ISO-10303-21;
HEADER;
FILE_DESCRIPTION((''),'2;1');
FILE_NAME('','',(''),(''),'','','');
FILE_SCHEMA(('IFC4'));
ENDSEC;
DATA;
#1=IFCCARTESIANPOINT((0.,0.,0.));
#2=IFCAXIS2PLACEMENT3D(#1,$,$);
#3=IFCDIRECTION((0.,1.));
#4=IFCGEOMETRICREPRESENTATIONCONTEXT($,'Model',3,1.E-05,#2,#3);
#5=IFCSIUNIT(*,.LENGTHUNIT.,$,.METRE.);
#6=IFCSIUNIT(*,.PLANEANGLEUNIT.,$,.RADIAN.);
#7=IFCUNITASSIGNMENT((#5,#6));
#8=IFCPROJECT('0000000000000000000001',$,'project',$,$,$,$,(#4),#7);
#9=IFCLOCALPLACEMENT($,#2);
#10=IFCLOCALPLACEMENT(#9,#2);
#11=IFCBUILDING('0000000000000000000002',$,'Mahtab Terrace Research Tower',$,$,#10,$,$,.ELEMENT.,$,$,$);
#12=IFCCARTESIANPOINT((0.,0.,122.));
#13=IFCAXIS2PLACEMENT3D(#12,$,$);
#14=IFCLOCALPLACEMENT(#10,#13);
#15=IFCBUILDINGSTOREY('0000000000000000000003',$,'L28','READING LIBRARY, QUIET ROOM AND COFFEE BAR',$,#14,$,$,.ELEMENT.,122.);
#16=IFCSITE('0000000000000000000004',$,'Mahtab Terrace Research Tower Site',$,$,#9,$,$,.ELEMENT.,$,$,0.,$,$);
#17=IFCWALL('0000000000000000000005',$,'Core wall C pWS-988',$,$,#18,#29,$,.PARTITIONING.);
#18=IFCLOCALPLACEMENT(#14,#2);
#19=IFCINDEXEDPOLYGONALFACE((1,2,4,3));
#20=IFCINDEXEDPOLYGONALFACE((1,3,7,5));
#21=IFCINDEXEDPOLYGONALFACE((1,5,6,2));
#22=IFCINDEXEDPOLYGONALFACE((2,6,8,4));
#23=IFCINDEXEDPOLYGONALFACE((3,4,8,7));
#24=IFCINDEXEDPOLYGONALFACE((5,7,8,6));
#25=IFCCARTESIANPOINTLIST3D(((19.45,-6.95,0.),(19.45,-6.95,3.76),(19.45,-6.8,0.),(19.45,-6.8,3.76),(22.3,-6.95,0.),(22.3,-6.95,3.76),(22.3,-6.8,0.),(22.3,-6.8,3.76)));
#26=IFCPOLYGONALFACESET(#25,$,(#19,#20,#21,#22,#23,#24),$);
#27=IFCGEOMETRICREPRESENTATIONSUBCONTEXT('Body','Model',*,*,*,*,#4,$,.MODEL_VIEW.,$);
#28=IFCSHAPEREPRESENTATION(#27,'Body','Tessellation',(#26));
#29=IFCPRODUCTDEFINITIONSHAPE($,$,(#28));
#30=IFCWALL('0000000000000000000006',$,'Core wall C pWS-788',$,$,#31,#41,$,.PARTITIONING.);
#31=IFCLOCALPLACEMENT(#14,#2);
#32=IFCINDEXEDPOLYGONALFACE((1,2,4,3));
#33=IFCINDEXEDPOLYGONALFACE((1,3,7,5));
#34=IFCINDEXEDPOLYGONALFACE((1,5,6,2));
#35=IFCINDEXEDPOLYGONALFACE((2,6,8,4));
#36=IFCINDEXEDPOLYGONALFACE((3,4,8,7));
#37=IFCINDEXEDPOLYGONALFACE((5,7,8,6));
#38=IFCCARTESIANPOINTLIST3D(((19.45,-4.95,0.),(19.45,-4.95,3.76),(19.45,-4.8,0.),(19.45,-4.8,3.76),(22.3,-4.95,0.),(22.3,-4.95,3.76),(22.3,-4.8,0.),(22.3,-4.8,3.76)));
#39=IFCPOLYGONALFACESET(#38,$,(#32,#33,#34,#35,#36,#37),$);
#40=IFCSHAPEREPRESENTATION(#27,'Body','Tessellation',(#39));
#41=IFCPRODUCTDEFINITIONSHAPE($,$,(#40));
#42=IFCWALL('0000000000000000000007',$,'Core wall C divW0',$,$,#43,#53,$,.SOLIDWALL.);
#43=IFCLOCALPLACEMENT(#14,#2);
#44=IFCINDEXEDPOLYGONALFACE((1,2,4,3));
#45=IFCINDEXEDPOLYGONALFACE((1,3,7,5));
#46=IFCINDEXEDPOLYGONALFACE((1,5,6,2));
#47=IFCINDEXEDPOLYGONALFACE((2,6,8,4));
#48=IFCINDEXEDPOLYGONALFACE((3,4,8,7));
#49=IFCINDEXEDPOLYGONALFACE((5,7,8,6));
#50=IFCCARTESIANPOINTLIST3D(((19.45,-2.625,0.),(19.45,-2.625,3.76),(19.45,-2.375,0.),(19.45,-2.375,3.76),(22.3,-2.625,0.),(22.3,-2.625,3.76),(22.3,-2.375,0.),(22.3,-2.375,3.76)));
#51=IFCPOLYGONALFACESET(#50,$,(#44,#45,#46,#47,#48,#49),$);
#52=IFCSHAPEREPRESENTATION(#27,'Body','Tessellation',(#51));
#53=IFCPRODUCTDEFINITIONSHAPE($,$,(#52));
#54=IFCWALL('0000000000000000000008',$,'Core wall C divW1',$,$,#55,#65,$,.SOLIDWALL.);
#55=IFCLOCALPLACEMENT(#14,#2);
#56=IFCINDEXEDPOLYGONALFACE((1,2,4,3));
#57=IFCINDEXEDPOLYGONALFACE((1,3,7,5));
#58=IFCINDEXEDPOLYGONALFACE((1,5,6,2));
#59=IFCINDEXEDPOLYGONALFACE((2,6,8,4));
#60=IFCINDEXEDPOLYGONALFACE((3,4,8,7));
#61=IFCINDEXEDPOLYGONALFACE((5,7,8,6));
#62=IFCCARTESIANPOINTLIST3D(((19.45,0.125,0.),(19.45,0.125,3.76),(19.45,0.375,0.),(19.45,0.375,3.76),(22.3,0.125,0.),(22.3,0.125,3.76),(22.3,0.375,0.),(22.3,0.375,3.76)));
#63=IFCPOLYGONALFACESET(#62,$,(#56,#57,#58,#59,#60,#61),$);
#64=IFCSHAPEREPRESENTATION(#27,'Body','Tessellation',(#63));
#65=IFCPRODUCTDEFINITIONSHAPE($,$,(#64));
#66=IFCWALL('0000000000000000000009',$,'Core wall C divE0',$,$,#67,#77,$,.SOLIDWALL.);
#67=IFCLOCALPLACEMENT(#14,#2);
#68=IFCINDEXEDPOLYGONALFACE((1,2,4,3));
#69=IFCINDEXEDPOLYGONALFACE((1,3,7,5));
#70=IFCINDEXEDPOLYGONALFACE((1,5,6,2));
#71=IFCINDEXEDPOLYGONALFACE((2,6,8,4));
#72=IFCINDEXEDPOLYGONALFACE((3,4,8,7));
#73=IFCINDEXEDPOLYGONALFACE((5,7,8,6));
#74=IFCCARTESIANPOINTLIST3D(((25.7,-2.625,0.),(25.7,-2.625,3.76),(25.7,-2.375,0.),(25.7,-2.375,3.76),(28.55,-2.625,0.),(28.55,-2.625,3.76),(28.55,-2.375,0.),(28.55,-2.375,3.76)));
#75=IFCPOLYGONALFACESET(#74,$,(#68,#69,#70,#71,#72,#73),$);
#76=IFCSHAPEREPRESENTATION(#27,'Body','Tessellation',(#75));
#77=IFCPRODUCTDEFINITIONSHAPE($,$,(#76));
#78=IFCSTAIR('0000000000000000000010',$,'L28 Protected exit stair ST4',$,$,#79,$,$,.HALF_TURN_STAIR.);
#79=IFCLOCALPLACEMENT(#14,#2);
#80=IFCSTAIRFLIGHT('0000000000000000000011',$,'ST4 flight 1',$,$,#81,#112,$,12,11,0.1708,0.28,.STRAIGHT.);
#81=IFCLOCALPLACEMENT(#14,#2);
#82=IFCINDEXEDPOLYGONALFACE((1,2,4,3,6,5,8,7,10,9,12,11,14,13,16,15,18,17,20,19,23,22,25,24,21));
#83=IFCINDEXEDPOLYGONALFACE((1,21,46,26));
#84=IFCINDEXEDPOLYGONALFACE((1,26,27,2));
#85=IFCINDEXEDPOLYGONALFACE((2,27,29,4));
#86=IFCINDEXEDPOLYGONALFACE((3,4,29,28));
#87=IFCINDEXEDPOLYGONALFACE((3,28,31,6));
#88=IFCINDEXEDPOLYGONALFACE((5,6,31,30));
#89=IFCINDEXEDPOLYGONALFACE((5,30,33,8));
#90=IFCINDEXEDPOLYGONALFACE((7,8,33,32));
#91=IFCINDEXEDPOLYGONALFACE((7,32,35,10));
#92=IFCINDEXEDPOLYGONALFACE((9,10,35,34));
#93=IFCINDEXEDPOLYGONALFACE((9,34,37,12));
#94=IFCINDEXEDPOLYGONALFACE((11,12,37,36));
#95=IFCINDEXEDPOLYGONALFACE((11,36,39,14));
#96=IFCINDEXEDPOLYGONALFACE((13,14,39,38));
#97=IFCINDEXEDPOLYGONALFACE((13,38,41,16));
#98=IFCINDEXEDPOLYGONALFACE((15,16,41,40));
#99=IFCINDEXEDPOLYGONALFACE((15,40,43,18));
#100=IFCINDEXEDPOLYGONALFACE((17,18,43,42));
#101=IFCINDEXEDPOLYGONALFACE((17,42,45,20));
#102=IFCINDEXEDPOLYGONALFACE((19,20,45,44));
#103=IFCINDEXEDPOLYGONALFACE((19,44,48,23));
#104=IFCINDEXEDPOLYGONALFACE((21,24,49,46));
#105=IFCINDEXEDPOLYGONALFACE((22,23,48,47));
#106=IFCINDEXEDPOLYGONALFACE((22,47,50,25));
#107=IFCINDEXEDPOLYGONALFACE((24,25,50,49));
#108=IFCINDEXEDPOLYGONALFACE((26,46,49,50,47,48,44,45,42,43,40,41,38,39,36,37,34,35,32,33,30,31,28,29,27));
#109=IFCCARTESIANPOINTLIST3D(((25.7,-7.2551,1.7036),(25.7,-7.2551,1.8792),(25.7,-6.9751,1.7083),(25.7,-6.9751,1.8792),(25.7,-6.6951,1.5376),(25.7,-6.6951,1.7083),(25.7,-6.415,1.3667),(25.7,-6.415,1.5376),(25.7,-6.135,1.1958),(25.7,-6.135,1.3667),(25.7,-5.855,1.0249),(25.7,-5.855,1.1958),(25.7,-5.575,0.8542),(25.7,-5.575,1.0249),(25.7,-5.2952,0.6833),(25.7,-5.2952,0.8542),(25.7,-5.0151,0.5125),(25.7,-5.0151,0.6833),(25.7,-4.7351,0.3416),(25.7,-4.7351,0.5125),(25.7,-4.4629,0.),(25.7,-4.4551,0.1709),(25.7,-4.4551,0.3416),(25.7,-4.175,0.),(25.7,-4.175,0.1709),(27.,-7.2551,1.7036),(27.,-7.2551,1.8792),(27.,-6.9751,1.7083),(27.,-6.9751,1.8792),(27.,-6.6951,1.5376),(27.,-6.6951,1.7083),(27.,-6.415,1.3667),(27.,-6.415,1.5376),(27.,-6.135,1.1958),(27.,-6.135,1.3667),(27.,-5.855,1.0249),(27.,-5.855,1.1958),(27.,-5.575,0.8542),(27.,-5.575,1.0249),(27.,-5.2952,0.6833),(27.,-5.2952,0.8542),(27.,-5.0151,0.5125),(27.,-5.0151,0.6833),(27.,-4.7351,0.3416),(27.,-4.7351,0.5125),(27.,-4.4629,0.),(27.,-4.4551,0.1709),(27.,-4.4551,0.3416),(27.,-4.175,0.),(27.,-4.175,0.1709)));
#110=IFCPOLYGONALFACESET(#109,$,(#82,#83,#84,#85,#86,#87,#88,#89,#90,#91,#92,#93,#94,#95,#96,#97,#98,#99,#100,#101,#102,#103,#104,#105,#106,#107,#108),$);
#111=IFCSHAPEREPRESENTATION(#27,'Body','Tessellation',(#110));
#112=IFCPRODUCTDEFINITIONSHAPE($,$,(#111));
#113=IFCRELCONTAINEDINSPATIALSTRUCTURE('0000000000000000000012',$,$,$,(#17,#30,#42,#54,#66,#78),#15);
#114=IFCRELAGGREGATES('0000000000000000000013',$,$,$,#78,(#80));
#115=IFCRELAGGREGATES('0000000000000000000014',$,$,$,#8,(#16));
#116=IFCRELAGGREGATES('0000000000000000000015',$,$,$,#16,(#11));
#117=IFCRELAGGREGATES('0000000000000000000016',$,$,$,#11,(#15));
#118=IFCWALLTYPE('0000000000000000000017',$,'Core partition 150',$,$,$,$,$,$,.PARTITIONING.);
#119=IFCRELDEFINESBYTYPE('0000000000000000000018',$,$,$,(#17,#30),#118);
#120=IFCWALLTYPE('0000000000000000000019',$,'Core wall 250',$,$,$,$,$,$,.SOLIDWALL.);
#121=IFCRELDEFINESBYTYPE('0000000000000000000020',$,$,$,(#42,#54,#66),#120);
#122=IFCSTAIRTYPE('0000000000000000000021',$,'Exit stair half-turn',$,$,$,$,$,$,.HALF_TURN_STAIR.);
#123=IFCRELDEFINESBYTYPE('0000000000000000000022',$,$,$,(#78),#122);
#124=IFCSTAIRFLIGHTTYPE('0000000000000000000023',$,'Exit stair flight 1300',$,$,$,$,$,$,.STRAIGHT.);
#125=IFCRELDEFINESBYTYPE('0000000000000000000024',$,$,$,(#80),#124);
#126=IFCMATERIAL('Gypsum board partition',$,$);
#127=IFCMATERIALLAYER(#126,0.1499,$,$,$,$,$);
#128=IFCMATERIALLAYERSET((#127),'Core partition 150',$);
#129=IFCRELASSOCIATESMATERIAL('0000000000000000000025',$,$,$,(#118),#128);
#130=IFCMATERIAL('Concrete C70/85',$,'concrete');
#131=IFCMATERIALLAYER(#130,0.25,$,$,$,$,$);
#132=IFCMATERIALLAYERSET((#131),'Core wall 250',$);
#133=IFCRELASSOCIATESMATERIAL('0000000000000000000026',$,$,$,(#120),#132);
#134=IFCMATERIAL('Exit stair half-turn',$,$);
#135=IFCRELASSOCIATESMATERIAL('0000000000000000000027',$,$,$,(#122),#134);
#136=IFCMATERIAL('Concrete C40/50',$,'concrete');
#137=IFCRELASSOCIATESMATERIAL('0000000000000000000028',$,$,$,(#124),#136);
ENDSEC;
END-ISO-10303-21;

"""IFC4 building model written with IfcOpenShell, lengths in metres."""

from ifc_helpers import new_model, si_unit, direction, frame, frame_2d, origin, place, context, subcontext, project, spatial, polyline, rectangle, outline, extrude, material, layer, layer_set, type_object, element, aggregate, save


model = new_model("IFC4")

# Units and contexts
model_context = context("Model", 3, precision=1e-05, world=origin(), true_north=direction((0.0, 1.0)))
body_context = subcontext(model_context, "Body", "Model", "MODEL_VIEW")
ifc_project = project(units=[si_unit("LENGTHUNIT", "METRE"), si_unit("PLANEANGLEUNIT", "RADIAN")], contexts=[model_context])

# Site, building, storey
site_placement = place(None, origin())
site = spatial("IfcSite", under=ifc_project, at=site_placement, Name="Mahtab Terrace Research Tower Site", CompositionType="ELEMENT", RefElevation=0.0)
building_placement = place(site_placement, origin())
building = spatial("IfcBuilding", under=site, at=building_placement, Name="Mahtab Terrace Research Tower", CompositionType="ELEMENT")
storey_placement = place(building_placement, frame((0.0, 0.0, 122.0)))
storey = spatial("IfcBuildingStorey", under=building, at=storey_placement, Name="L28", Description="READING LIBRARY, QUIET ROOM AND COFFEE BAR", CompositionType="ELEMENT", Elevation=122.0)

# Walls
ifc_material_1 = material(Name="Gypsum board partition")
ifc_layer_1 = layer(ifc_material_1, 0.1499)
ifc_layer_set_1 = layer_set([ifc_layer_1], Name="Core partition 150")
wall_type_1 = type_object("IfcWallType", Name="Core partition 150", PredefinedType="PARTITIONING", material=ifc_layer_set_1)
for number, where, z_axis, x_axis, name in (
    (1, (19.45, -6.875, 0.0), (0.0, 0.0, 1.0), (1.0, 0.0, 0.0), "Core wall C pWS-988"),
    (2, (19.45, -4.875, 0.0), (0.0, 0.0, 1.0), (1.0, 0.0, 0.0), "Core wall C pWS-788"),
):
    element("IfcWall", number, at=place(storey_placement, frame(where, z_axis=z_axis, x_axis=x_axis)), inside=storey, type_object=wall_type_1, Name=name, PredefinedType="PARTITIONING", context=body_context, shape_type="SweptSolid", body=[
        extrude(rectangle(XDim=2.8501, YDim=0.1499, at=frame_2d((1.425, 0.0))), origin(), (0.0, 0.0, 1.0), 3.76),
    ])
ifc_material_2 = material(Name="Concrete C70/85", Category="concrete")
ifc_layer_2 = layer(ifc_material_2, 0.25)
ifc_layer_set_2 = layer_set([ifc_layer_2], Name="Core wall 250")
wall_type_2 = type_object("IfcWallType", Name="Core wall 250", PredefinedType="SOLIDWALL", material=ifc_layer_set_2)
for number, where, z_axis, x_axis, name in (
    (3, (19.45, -2.5, 0.0), (0.0, 0.0, 1.0), (1.0, 0.0, 0.0), "Core wall C divW0"),
    (4, (19.45, 0.25, 0.0), (0.0, 0.0, 1.0), (1.0, 0.0, 0.0), "Core wall C divW1"),
    (5, (25.7, -2.5, 0.0), (0.0, 0.0, 1.0), (1.0, 0.0, 0.0), "Core wall C divE0"),
):
    element("IfcWall", number, at=place(storey_placement, frame(where, z_axis=z_axis, x_axis=x_axis)), inside=storey, type_object=wall_type_2, Name=name, PredefinedType="SOLIDWALL", context=body_context, shape_type="SweptSolid", body=[
        extrude(rectangle(XDim=2.8501, YDim=0.25, at=frame_2d((1.425, 0.0))), origin(), (0.0, 0.0, 1.0), 3.76),
    ])

# Stair, stair flight
ifc_material_3 = material(Name="Exit stair half-turn")
stair_type = type_object("IfcStairType", Name="Exit stair half-turn", PredefinedType="HALF_TURN_STAIR", material=ifc_material_3)
stair_placement = place(storey_placement, origin())
stair = element("IfcStair", 6, at=stair_placement, inside=storey, type_object=stair_type, Name="L28 Protected exit stair ST4", PredefinedType="HALF_TURN_STAIR")
ifc_material_4 = material(Name="Concrete C40/50", Category="concrete")
stair_flight_type = type_object("IfcStairFlightType", Name="Exit stair flight 1300", PredefinedType="STRAIGHT", material=ifc_material_4)
stair_flight_placement = place(storey_placement, frame((26.3501, -4.175, 0.0), z_axis=(0.0, 0.0, 1.0), x_axis=(0.0, -1.0, 0.0)))
stair_flight = element("IfcStairFlight", 7, at=stair_flight_placement, type_object=stair_flight_type, Name="ST4 flight 1", NumberOfRisers=12, NumberOfTreads=11, PredefinedType="STRAIGHT", RiserHeight=0.1708, TreadLength=0.28, context=body_context, shape_type="SweptSolid", body=[
    extrude(outline(polyline([(0.0, 0.0), (0.0, 0.1709), (0.28, 0.1709), (0.28, 0.3416), (0.5601, 0.3416), (0.5601, 0.5125), (0.8401, 0.5125), (0.8401, 0.6833), (1.1201, 0.6833), (1.1201, 0.8542), (1.3999, 0.8542), (1.3999, 1.0249), (1.6799, 1.0249), (1.6799, 1.1958), (1.96, 1.1958), (1.96, 1.3667), (2.24, 1.3667), (2.24, 1.5376), (2.52, 1.5376), (2.52, 1.7083), (2.8, 1.7083), (2.8, 1.8792), (3.0801, 1.8792), (3.0801, 2.05), (3.0801, 1.7036), (0.2878, 0.0), (0.0, 0.0)])), frame((0.0, 0.6499, 0.0), z_axis=(0.0, -1.0, 0.0), x_axis=(1.0, 0.0, 0.0)), (0.0, 0.0, 1.0), 1.3),
])
aggregate(stair, [stair_flight])

save(model, "model.ifc")
